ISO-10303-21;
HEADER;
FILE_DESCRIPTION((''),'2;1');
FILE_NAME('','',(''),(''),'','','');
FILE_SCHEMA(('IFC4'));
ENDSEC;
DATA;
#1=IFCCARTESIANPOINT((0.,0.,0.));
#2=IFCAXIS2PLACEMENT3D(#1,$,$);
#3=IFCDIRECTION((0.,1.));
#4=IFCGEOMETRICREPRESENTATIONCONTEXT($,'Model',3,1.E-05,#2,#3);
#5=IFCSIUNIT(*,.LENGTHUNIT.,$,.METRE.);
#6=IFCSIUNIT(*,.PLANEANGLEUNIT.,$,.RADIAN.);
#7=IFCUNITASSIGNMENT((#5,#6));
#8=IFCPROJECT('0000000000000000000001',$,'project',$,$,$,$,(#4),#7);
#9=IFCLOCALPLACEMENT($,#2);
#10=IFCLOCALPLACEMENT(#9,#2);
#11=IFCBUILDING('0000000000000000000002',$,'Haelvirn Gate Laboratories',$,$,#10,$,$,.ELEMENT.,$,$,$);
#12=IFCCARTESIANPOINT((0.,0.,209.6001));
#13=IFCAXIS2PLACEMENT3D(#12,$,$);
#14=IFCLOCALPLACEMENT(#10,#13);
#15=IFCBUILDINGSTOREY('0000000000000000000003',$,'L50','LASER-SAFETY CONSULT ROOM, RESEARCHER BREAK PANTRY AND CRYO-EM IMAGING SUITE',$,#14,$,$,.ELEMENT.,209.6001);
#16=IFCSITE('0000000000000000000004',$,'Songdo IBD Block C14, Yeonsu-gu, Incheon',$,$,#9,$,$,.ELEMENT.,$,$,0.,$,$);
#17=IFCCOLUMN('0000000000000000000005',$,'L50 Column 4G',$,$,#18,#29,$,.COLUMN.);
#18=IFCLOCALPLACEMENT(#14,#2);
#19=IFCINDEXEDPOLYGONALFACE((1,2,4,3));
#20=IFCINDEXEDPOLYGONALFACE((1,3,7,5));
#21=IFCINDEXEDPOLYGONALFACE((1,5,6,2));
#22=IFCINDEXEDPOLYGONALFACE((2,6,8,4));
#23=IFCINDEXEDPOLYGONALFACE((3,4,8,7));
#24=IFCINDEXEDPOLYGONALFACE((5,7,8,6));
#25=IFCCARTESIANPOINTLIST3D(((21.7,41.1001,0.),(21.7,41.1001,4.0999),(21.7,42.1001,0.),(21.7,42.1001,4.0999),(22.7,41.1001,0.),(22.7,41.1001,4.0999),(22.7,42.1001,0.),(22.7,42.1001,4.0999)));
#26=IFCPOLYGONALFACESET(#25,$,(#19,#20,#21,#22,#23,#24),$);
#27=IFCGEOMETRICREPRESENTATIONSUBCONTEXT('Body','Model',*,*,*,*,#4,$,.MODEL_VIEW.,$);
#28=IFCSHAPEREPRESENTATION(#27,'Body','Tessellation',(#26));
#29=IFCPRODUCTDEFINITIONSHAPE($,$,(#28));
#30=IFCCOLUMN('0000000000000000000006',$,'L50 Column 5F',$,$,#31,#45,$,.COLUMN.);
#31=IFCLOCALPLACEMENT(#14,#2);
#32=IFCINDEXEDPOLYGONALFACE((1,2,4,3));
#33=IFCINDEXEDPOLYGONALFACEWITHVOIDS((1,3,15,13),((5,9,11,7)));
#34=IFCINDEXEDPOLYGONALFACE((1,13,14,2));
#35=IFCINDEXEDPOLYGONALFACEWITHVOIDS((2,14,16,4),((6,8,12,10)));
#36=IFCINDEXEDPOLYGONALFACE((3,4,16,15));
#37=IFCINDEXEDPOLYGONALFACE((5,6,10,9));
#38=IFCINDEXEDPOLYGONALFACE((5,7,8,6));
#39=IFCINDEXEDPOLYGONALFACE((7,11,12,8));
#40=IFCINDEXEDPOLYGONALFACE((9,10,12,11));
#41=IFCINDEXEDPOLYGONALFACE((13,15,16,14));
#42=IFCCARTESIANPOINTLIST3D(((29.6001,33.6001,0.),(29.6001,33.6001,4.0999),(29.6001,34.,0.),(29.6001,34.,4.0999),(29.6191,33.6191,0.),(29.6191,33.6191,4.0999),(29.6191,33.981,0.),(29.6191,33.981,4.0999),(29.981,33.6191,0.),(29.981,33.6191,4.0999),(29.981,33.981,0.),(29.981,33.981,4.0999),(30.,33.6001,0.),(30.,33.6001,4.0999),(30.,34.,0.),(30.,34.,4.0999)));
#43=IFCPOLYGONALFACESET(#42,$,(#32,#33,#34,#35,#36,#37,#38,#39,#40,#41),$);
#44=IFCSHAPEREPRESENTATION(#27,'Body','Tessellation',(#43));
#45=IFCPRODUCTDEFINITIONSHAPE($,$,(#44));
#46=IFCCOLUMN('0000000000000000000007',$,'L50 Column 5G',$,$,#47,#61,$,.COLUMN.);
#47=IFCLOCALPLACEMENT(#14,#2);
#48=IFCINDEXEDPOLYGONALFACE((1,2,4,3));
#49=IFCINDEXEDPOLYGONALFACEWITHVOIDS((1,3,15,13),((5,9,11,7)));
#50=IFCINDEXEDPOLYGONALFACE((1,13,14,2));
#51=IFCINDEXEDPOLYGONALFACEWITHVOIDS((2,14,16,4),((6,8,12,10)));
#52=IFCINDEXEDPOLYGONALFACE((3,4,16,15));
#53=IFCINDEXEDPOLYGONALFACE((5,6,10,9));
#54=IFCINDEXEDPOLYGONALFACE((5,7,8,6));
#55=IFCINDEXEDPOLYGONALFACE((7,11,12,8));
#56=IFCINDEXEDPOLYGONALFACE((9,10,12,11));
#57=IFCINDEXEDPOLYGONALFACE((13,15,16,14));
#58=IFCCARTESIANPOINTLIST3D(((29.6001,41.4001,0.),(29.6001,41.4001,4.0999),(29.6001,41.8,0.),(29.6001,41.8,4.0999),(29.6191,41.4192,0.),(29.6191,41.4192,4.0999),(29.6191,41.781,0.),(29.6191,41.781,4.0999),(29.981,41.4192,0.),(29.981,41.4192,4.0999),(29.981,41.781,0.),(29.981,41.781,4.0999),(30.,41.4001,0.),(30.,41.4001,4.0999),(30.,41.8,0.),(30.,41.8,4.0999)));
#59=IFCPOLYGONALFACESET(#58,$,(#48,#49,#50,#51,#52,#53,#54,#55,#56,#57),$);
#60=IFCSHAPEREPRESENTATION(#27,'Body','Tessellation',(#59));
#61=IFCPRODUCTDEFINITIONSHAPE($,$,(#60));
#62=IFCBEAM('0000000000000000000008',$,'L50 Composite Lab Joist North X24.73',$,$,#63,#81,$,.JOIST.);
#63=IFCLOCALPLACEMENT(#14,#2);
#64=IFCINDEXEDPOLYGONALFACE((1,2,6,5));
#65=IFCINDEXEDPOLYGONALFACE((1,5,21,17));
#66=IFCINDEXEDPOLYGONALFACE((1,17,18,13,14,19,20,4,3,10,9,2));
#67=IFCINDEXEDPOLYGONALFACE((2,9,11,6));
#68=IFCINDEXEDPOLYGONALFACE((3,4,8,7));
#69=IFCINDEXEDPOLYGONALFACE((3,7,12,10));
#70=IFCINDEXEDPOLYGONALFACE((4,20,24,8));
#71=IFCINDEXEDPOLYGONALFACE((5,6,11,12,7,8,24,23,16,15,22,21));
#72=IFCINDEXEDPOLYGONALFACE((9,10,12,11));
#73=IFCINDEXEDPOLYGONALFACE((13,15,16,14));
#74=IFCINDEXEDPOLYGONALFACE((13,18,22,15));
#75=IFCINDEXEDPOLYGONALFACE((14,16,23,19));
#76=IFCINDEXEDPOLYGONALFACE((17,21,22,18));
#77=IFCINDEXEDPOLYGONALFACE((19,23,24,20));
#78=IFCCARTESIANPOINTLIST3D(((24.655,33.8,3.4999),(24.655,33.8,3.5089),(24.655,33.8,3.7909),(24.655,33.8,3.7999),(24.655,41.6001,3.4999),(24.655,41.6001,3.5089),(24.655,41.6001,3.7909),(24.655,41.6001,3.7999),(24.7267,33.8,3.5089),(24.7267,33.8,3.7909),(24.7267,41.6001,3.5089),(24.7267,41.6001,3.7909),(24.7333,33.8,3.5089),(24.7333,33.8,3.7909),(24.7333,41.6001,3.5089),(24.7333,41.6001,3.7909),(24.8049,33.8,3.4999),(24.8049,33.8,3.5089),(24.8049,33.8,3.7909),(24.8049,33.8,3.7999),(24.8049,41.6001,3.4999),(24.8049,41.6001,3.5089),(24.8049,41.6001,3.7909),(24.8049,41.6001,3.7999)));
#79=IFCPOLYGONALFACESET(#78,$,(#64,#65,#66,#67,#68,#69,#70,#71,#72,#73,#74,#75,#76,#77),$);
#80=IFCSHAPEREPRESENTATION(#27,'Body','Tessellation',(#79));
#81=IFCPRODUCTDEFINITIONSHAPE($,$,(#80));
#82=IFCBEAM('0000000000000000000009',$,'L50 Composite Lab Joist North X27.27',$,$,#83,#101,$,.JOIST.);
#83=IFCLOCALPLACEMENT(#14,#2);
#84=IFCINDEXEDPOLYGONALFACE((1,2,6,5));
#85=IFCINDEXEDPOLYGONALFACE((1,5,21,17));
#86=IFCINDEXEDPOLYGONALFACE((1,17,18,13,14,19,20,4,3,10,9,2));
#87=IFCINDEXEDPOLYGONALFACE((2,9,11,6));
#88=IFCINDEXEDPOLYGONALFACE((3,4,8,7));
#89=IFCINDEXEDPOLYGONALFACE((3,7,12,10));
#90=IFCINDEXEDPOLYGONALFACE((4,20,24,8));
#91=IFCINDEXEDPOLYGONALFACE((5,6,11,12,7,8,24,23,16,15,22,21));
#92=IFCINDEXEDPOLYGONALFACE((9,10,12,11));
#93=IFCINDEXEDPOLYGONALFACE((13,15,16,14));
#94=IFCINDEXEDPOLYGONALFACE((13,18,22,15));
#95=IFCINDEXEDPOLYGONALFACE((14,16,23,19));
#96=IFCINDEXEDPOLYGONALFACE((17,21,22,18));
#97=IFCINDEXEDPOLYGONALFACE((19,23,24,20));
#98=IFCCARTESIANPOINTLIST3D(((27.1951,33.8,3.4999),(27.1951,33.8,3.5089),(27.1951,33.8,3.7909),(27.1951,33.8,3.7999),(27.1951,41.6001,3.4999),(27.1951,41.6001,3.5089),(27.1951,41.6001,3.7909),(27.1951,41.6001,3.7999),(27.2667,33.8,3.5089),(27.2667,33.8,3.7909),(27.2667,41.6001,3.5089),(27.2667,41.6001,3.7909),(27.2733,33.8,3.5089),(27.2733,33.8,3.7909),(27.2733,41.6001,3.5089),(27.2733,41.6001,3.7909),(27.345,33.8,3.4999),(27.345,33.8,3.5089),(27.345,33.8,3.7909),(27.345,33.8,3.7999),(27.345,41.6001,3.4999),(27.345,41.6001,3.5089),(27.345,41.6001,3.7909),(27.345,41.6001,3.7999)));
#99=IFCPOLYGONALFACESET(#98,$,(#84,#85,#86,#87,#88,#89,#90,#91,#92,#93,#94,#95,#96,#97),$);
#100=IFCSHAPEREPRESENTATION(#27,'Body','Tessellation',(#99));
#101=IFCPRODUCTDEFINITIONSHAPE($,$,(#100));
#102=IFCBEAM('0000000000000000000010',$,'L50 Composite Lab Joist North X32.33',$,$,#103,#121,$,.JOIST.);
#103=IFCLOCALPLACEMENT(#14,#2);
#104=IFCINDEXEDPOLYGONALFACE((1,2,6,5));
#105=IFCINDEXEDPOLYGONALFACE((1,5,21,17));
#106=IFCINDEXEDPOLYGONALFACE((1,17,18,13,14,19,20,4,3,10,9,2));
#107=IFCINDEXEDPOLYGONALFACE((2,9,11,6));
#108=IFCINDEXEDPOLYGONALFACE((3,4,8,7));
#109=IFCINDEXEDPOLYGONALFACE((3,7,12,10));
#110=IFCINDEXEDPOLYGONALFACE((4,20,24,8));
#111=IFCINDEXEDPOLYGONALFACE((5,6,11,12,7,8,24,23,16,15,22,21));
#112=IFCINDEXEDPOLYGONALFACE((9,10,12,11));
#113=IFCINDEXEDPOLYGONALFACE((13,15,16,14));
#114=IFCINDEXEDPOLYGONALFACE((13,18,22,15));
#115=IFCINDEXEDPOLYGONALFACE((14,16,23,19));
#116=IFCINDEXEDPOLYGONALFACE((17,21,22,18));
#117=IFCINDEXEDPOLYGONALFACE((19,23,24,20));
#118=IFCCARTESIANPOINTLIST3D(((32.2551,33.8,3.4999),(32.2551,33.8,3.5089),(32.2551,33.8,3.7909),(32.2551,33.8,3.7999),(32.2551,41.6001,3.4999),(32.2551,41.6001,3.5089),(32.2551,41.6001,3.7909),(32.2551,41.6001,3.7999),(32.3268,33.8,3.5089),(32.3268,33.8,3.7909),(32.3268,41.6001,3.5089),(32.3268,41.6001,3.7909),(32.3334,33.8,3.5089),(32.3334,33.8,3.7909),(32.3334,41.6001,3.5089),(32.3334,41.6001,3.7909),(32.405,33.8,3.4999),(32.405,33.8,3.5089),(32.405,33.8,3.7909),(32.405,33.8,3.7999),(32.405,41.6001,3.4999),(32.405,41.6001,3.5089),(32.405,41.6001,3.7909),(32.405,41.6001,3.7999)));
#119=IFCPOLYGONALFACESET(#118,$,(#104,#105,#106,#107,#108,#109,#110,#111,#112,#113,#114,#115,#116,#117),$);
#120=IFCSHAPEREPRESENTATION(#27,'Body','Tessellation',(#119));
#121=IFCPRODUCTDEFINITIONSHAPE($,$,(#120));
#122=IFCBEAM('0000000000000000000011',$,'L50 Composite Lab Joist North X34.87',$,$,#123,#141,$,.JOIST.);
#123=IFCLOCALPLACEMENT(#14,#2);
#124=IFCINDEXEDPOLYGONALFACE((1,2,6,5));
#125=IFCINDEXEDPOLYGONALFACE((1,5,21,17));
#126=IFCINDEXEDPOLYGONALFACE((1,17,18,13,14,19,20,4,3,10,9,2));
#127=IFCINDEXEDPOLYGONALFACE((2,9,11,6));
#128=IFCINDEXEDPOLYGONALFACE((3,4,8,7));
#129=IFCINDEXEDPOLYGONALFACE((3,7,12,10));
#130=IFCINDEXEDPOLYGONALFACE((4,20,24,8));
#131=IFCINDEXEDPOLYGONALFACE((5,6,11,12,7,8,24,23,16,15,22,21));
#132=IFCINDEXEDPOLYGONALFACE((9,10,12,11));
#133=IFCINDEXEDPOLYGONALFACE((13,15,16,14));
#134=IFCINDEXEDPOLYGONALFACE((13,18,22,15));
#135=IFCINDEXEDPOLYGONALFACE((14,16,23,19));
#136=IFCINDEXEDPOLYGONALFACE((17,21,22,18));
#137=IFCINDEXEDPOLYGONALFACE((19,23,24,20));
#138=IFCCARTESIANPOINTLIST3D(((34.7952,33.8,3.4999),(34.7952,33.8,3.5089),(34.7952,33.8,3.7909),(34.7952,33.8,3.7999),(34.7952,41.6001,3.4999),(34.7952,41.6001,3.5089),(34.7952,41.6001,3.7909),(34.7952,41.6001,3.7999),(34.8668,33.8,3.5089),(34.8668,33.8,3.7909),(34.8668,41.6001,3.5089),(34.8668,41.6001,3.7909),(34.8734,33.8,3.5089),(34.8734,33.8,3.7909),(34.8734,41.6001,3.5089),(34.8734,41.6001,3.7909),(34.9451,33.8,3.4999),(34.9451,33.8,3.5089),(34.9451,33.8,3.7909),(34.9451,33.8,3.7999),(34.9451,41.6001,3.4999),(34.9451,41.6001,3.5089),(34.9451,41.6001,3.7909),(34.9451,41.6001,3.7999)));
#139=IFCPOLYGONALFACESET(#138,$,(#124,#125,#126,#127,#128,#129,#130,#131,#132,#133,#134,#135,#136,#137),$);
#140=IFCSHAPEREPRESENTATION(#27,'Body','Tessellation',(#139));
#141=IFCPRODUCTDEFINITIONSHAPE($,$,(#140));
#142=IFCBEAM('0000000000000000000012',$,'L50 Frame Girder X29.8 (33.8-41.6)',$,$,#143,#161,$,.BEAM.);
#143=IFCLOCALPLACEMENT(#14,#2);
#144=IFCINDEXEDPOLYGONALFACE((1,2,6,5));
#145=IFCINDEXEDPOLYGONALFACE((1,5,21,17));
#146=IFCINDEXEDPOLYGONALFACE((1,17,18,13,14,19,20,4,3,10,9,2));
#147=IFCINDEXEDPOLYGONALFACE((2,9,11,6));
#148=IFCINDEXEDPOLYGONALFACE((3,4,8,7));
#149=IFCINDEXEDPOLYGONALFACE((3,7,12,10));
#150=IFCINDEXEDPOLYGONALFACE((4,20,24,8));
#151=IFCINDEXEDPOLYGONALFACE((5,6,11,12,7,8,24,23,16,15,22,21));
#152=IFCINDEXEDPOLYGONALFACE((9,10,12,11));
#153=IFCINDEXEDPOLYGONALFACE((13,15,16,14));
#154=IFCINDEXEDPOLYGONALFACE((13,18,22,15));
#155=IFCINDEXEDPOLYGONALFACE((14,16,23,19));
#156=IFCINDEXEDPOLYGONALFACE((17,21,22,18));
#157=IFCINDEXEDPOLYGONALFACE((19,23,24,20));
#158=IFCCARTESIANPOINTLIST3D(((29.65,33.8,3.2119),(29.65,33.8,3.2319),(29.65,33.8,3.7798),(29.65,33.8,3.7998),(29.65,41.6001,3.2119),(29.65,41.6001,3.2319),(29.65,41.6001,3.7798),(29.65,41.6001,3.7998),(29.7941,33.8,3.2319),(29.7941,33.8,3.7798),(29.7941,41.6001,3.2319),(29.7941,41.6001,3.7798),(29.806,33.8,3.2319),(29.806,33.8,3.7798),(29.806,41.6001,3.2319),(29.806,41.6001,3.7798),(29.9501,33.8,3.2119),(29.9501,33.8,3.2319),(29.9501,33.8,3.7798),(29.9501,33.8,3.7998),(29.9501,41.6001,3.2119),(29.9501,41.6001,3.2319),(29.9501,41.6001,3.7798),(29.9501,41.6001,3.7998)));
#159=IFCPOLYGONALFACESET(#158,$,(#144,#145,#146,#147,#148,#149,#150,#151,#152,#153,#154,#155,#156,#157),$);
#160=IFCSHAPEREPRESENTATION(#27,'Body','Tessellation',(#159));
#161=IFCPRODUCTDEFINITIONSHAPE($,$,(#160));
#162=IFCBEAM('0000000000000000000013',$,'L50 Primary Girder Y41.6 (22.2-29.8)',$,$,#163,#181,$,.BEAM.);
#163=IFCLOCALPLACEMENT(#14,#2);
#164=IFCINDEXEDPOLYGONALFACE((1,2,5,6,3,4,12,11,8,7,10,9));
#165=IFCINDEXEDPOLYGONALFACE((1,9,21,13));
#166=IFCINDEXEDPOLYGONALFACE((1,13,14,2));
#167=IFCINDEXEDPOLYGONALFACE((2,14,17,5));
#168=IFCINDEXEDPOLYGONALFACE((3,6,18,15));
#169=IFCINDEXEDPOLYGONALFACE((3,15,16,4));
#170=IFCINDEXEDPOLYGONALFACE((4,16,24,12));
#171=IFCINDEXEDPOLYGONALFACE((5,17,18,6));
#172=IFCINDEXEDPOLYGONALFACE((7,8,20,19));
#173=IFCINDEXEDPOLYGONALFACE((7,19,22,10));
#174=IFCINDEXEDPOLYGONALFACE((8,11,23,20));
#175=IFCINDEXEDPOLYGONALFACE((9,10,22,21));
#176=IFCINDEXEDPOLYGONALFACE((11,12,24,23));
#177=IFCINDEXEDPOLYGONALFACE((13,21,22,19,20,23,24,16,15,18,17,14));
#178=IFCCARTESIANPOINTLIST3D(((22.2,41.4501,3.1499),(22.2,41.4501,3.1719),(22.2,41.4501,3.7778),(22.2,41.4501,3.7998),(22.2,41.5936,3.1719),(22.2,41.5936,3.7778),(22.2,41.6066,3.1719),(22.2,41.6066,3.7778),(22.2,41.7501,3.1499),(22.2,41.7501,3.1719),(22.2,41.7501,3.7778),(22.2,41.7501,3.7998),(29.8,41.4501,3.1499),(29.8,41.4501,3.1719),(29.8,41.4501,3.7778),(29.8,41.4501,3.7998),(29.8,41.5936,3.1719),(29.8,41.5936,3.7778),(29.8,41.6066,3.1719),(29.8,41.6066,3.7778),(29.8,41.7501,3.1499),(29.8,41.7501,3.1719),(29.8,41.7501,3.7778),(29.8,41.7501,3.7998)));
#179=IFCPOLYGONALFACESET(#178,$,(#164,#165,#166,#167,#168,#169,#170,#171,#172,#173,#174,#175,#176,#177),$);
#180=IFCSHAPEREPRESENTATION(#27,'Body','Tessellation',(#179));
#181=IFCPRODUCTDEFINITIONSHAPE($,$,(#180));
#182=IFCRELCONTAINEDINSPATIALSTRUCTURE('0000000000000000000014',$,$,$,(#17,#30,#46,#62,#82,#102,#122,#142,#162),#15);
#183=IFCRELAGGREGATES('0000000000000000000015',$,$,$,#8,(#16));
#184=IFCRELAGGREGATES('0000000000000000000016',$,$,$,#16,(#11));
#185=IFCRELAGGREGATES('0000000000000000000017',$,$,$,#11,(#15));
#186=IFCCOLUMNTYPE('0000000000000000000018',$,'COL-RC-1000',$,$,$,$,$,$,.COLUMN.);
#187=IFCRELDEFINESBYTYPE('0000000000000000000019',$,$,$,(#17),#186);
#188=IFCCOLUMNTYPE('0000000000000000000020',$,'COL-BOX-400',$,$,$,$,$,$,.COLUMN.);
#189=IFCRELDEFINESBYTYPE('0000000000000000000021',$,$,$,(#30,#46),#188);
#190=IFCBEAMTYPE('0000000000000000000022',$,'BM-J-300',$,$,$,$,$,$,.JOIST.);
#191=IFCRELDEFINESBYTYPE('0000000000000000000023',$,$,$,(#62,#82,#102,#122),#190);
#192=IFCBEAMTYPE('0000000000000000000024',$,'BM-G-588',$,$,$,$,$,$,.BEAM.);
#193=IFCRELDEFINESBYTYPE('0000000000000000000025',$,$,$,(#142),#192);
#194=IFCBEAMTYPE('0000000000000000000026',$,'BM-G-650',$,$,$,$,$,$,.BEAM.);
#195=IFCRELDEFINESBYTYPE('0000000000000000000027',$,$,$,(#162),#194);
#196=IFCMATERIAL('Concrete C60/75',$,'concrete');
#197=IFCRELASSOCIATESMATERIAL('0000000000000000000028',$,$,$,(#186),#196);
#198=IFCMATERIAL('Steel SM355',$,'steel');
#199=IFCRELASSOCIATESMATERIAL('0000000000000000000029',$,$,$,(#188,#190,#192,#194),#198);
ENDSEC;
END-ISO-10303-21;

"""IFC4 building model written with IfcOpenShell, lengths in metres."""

from ifc_helpers import new_model, si_unit, direction, frame, origin, origin_2d, place, context, subcontext, project, spatial, rectangle, hollow_rectangle, i_section, extrude, source, transform, mapped, material, material_profile, profile_set, type_object, type_shapes, element, save


model = new_model("IFC4")

# Units and contexts
model_context = context("Model", 3, precision=1e-05, world=origin(), true_north=direction((0.0, 1.0)))
body_context = subcontext(model_context, "Body", "Model", "MODEL_VIEW")
ifc_project = project(units=[si_unit("LENGTHUNIT", "METRE"), si_unit("PLANEANGLEUNIT", "RADIAN")], contexts=[model_context])

# Site, building, storey
site_placement = place(None, origin())
site = spatial("IfcSite", under=ifc_project, at=site_placement, Name="Songdo IBD Block C14, Yeonsu-gu, Incheon", CompositionType="ELEMENT", RefElevation=0.0)
building_placement = place(site_placement, origin())
building = spatial("IfcBuilding", under=site, at=building_placement, Name="Haelvirn Gate Laboratories", CompositionType="ELEMENT")
storey_placement = place(building_placement, frame((0.0, 0.0, 209.6001)))
storey = spatial("IfcBuildingStorey", under=building, at=storey_placement, Name="L50", Description="LASER-SAFETY CONSULT ROOM, RESEARCHER BREAK PANTRY AND CRYO-EM IMAGING SUITE", CompositionType="ELEMENT", Elevation=209.6001)

# Columns
ifc_material_1 = material(Name="Concrete C60/75", Category="concrete")
ifc_material_profile_1 = material_profile(ifc_material_1, rectangle(XDim=1.0, YDim=1.0, at=origin_2d()), Name="RC-1000x1000")
ifc_profile_set_1 = profile_set([ifc_material_profile_1], Name="Concrete C60/75")
column_type_1 = type_object("IfcColumnType", Name="COL-RC-1000", PredefinedType="COLUMN", material=ifc_profile_set_1)
shared_shape_1 = source(origin(), body_context, "Body", "SweptSolid", [
    extrude(rectangle(XDim=1.0, YDim=1.0, at=origin_2d()), origin(), (0.0, 0.0, 1.0), 4.0999),
])
type_shapes(column_type_1, [shared_shape_1])
column_placement = place(storey_placement, frame((22.2, 41.6001, 0.0), z_axis=(0.0, 0.0, 1.0), x_axis=(1.0, 0.0, 0.0)))
element("IfcColumn", 1, at=column_placement, inside=storey, type_object=column_type_1, Name="L50 Column 4G", PredefinedType="COLUMN", context=body_context, shape_type="MappedRepresentation", body=[
    mapped(shared_shape_1, transform((0.0, 0.0, 0.0), scale=1.0)),
])
ifc_material_2 = material(Name="Steel SM355", Category="steel")
ifc_material_profile_2 = material_profile(ifc_material_2, hollow_rectangle(XDim=0.3999, YDim=0.3999, WallThickness=0.019, at=origin_2d()), Name="BOX-400x400x19")
ifc_profile_set_2 = profile_set([ifc_material_profile_2], Name="Steel SM355")
column_type_2 = type_object("IfcColumnType", Name="COL-BOX-400", PredefinedType="COLUMN", material=ifc_profile_set_2)
shared_shape_2 = source(origin(), body_context, "Body", "SweptSolid", [
    extrude(hollow_rectangle(XDim=0.3999, YDim=0.3999, WallThickness=0.019, at=origin_2d()), origin(), (0.0, 0.0, 1.0), 4.0999),
])
type_shapes(column_type_2, [shared_shape_2])
for number, where, z_axis, x_axis, name in (
    (2, (29.8, 33.8, 0.0), (0.0, 0.0, 1.0), (1.0, 0.0, 0.0), "L50 Column 5F"),
    (3, (29.8, 41.6001, 0.0), (0.0, 0.0, 1.0), (1.0, 0.0, 0.0), "L50 Column 5G"),
):
    element("IfcColumn", number, at=place(storey_placement, frame(where, z_axis=z_axis, x_axis=x_axis)), inside=storey, type_object=column_type_2, Name=name, PredefinedType="COLUMN", context=body_context, shape_type="MappedRepresentation", body=[
        mapped(shared_shape_2, transform((0.0, 0.0, 0.0), scale=1.0)),
    ])

# Beams
ifc_material_profile_3 = material_profile(ifc_material_2, i_section(OverallWidth=0.1499, OverallDepth=0.3, WebThickness=0.0066, FlangeThickness=0.009, at=origin_2d()), Name="H-300x150x6.5x9")
ifc_profile_set_3 = profile_set([ifc_material_profile_3], Name="Steel SM355")
beam_type_1 = type_object("IfcBeamType", Name="BM-J-300", PredefinedType="JOIST", material=ifc_profile_set_3)
shared_shape_3 = source(origin(), body_context, "Body", "SweptSolid", [
    extrude(i_section(OverallWidth=0.1499, OverallDepth=0.3, WebThickness=0.0066, FlangeThickness=0.009, at=origin_2d()), origin(), (0.0, 0.0, 1.0), 7.8),
])
type_shapes(beam_type_1, [shared_shape_3])
for number, where, z_axis, x_axis, name in (
    (4, (24.73, 33.8, 3.6499), (0.0, 1.0, 0.0), (-1.0, 0.0, 0.0), "L50 Composite Lab Joist North X24.73"),
    (5, (27.27, 33.8, 3.6499), (0.0, 1.0, 0.0), (-1.0, 0.0, 0.0), "L50 Composite Lab Joist North X27.27"),
    (6, (32.3301, 33.8, 3.6499), (0.0, 1.0, 0.0), (-1.0, 0.0, 0.0), "L50 Composite Lab Joist North X32.33"),
    (7, (34.8701, 33.8, 3.6499), (0.0, 1.0, 0.0), (-1.0, 0.0, 0.0), "L50 Composite Lab Joist North X34.87"),
):
    element("IfcBeam", number, at=place(storey_placement, frame(where, z_axis=z_axis, x_axis=x_axis)), inside=storey, type_object=beam_type_1, Name=name, PredefinedType="JOIST", context=body_context, shape_type="MappedRepresentation", body=[
        mapped(shared_shape_3, transform((0.0, 0.0, 0.0), scale=1.0)),
    ])
ifc_material_profile_4 = material_profile(ifc_material_2, i_section(OverallWidth=0.3, OverallDepth=0.5879, WebThickness=0.012, FlangeThickness=0.02, at=origin_2d()), Name="H-588x300x12x20")
ifc_profile_set_4 = profile_set([ifc_material_profile_4], Name="Steel SM355")
beam_type_2 = type_object("IfcBeamType", Name="BM-G-588", PredefinedType="BEAM", material=ifc_profile_set_4)
shared_shape_4 = source(origin(), body_context, "Body", "SweptSolid", [
    extrude(i_section(OverallWidth=0.3, OverallDepth=0.5879, WebThickness=0.012, FlangeThickness=0.02, at=origin_2d()), origin(), (0.0, 0.0, 1.0), 7.8),
])
type_shapes(beam_type_2, [shared_shape_4])
beam_1_placement = place(storey_placement, frame((29.8, 33.8, 3.5059), z_axis=(0.0, 1.0, 0.0), x_axis=(-1.0, 0.0, 0.0)))
element("IfcBeam", 8, at=beam_1_placement, inside=storey, type_object=beam_type_2, Name="L50 Frame Girder X29.8 (33.8-41.6)", PredefinedType="BEAM", context=body_context, shape_type="MappedRepresentation", body=[
    mapped(shared_shape_4, transform((0.0, 0.0, 0.0), scale=1.0)),
])
ifc_material_profile_5 = material_profile(ifc_material_2, i_section(OverallWidth=0.3, OverallDepth=0.6499, WebThickness=0.0129, FlangeThickness=0.022, at=origin_2d()), Name="H-650x300x13x22")
ifc_profile_set_5 = profile_set([ifc_material_profile_5], Name="Steel SM355")
beam_type_3 = type_object("IfcBeamType", Name="BM-G-650", PredefinedType="BEAM", material=ifc_profile_set_5)
shared_shape_5 = source(origin(), body_context, "Body", "SweptSolid", [
    extrude(i_section(OverallWidth=0.3, OverallDepth=0.6499, WebThickness=0.0129, FlangeThickness=0.022, at=origin_2d()), origin(), (0.0, 0.0, 1.0), 7.6001),
])
beam_2_placement = place(storey_placement, frame((22.2, 41.6001, 3.4749), z_axis=(1.0, 0.0, 0.0), x_axis=(0.0, 1.0, 0.0)))
element("IfcBeam", 9, at=beam_2_placement, inside=storey, type_object=beam_type_3, Name="L50 Primary Girder Y41.6 (22.2-29.8)", PredefinedType="BEAM", context=body_context, shape_type="MappedRepresentation", body=[
    mapped(shared_shape_5, transform((0.0, 0.0, 0.0), scale=1.0)),
])

save(model, "model.ifc")
